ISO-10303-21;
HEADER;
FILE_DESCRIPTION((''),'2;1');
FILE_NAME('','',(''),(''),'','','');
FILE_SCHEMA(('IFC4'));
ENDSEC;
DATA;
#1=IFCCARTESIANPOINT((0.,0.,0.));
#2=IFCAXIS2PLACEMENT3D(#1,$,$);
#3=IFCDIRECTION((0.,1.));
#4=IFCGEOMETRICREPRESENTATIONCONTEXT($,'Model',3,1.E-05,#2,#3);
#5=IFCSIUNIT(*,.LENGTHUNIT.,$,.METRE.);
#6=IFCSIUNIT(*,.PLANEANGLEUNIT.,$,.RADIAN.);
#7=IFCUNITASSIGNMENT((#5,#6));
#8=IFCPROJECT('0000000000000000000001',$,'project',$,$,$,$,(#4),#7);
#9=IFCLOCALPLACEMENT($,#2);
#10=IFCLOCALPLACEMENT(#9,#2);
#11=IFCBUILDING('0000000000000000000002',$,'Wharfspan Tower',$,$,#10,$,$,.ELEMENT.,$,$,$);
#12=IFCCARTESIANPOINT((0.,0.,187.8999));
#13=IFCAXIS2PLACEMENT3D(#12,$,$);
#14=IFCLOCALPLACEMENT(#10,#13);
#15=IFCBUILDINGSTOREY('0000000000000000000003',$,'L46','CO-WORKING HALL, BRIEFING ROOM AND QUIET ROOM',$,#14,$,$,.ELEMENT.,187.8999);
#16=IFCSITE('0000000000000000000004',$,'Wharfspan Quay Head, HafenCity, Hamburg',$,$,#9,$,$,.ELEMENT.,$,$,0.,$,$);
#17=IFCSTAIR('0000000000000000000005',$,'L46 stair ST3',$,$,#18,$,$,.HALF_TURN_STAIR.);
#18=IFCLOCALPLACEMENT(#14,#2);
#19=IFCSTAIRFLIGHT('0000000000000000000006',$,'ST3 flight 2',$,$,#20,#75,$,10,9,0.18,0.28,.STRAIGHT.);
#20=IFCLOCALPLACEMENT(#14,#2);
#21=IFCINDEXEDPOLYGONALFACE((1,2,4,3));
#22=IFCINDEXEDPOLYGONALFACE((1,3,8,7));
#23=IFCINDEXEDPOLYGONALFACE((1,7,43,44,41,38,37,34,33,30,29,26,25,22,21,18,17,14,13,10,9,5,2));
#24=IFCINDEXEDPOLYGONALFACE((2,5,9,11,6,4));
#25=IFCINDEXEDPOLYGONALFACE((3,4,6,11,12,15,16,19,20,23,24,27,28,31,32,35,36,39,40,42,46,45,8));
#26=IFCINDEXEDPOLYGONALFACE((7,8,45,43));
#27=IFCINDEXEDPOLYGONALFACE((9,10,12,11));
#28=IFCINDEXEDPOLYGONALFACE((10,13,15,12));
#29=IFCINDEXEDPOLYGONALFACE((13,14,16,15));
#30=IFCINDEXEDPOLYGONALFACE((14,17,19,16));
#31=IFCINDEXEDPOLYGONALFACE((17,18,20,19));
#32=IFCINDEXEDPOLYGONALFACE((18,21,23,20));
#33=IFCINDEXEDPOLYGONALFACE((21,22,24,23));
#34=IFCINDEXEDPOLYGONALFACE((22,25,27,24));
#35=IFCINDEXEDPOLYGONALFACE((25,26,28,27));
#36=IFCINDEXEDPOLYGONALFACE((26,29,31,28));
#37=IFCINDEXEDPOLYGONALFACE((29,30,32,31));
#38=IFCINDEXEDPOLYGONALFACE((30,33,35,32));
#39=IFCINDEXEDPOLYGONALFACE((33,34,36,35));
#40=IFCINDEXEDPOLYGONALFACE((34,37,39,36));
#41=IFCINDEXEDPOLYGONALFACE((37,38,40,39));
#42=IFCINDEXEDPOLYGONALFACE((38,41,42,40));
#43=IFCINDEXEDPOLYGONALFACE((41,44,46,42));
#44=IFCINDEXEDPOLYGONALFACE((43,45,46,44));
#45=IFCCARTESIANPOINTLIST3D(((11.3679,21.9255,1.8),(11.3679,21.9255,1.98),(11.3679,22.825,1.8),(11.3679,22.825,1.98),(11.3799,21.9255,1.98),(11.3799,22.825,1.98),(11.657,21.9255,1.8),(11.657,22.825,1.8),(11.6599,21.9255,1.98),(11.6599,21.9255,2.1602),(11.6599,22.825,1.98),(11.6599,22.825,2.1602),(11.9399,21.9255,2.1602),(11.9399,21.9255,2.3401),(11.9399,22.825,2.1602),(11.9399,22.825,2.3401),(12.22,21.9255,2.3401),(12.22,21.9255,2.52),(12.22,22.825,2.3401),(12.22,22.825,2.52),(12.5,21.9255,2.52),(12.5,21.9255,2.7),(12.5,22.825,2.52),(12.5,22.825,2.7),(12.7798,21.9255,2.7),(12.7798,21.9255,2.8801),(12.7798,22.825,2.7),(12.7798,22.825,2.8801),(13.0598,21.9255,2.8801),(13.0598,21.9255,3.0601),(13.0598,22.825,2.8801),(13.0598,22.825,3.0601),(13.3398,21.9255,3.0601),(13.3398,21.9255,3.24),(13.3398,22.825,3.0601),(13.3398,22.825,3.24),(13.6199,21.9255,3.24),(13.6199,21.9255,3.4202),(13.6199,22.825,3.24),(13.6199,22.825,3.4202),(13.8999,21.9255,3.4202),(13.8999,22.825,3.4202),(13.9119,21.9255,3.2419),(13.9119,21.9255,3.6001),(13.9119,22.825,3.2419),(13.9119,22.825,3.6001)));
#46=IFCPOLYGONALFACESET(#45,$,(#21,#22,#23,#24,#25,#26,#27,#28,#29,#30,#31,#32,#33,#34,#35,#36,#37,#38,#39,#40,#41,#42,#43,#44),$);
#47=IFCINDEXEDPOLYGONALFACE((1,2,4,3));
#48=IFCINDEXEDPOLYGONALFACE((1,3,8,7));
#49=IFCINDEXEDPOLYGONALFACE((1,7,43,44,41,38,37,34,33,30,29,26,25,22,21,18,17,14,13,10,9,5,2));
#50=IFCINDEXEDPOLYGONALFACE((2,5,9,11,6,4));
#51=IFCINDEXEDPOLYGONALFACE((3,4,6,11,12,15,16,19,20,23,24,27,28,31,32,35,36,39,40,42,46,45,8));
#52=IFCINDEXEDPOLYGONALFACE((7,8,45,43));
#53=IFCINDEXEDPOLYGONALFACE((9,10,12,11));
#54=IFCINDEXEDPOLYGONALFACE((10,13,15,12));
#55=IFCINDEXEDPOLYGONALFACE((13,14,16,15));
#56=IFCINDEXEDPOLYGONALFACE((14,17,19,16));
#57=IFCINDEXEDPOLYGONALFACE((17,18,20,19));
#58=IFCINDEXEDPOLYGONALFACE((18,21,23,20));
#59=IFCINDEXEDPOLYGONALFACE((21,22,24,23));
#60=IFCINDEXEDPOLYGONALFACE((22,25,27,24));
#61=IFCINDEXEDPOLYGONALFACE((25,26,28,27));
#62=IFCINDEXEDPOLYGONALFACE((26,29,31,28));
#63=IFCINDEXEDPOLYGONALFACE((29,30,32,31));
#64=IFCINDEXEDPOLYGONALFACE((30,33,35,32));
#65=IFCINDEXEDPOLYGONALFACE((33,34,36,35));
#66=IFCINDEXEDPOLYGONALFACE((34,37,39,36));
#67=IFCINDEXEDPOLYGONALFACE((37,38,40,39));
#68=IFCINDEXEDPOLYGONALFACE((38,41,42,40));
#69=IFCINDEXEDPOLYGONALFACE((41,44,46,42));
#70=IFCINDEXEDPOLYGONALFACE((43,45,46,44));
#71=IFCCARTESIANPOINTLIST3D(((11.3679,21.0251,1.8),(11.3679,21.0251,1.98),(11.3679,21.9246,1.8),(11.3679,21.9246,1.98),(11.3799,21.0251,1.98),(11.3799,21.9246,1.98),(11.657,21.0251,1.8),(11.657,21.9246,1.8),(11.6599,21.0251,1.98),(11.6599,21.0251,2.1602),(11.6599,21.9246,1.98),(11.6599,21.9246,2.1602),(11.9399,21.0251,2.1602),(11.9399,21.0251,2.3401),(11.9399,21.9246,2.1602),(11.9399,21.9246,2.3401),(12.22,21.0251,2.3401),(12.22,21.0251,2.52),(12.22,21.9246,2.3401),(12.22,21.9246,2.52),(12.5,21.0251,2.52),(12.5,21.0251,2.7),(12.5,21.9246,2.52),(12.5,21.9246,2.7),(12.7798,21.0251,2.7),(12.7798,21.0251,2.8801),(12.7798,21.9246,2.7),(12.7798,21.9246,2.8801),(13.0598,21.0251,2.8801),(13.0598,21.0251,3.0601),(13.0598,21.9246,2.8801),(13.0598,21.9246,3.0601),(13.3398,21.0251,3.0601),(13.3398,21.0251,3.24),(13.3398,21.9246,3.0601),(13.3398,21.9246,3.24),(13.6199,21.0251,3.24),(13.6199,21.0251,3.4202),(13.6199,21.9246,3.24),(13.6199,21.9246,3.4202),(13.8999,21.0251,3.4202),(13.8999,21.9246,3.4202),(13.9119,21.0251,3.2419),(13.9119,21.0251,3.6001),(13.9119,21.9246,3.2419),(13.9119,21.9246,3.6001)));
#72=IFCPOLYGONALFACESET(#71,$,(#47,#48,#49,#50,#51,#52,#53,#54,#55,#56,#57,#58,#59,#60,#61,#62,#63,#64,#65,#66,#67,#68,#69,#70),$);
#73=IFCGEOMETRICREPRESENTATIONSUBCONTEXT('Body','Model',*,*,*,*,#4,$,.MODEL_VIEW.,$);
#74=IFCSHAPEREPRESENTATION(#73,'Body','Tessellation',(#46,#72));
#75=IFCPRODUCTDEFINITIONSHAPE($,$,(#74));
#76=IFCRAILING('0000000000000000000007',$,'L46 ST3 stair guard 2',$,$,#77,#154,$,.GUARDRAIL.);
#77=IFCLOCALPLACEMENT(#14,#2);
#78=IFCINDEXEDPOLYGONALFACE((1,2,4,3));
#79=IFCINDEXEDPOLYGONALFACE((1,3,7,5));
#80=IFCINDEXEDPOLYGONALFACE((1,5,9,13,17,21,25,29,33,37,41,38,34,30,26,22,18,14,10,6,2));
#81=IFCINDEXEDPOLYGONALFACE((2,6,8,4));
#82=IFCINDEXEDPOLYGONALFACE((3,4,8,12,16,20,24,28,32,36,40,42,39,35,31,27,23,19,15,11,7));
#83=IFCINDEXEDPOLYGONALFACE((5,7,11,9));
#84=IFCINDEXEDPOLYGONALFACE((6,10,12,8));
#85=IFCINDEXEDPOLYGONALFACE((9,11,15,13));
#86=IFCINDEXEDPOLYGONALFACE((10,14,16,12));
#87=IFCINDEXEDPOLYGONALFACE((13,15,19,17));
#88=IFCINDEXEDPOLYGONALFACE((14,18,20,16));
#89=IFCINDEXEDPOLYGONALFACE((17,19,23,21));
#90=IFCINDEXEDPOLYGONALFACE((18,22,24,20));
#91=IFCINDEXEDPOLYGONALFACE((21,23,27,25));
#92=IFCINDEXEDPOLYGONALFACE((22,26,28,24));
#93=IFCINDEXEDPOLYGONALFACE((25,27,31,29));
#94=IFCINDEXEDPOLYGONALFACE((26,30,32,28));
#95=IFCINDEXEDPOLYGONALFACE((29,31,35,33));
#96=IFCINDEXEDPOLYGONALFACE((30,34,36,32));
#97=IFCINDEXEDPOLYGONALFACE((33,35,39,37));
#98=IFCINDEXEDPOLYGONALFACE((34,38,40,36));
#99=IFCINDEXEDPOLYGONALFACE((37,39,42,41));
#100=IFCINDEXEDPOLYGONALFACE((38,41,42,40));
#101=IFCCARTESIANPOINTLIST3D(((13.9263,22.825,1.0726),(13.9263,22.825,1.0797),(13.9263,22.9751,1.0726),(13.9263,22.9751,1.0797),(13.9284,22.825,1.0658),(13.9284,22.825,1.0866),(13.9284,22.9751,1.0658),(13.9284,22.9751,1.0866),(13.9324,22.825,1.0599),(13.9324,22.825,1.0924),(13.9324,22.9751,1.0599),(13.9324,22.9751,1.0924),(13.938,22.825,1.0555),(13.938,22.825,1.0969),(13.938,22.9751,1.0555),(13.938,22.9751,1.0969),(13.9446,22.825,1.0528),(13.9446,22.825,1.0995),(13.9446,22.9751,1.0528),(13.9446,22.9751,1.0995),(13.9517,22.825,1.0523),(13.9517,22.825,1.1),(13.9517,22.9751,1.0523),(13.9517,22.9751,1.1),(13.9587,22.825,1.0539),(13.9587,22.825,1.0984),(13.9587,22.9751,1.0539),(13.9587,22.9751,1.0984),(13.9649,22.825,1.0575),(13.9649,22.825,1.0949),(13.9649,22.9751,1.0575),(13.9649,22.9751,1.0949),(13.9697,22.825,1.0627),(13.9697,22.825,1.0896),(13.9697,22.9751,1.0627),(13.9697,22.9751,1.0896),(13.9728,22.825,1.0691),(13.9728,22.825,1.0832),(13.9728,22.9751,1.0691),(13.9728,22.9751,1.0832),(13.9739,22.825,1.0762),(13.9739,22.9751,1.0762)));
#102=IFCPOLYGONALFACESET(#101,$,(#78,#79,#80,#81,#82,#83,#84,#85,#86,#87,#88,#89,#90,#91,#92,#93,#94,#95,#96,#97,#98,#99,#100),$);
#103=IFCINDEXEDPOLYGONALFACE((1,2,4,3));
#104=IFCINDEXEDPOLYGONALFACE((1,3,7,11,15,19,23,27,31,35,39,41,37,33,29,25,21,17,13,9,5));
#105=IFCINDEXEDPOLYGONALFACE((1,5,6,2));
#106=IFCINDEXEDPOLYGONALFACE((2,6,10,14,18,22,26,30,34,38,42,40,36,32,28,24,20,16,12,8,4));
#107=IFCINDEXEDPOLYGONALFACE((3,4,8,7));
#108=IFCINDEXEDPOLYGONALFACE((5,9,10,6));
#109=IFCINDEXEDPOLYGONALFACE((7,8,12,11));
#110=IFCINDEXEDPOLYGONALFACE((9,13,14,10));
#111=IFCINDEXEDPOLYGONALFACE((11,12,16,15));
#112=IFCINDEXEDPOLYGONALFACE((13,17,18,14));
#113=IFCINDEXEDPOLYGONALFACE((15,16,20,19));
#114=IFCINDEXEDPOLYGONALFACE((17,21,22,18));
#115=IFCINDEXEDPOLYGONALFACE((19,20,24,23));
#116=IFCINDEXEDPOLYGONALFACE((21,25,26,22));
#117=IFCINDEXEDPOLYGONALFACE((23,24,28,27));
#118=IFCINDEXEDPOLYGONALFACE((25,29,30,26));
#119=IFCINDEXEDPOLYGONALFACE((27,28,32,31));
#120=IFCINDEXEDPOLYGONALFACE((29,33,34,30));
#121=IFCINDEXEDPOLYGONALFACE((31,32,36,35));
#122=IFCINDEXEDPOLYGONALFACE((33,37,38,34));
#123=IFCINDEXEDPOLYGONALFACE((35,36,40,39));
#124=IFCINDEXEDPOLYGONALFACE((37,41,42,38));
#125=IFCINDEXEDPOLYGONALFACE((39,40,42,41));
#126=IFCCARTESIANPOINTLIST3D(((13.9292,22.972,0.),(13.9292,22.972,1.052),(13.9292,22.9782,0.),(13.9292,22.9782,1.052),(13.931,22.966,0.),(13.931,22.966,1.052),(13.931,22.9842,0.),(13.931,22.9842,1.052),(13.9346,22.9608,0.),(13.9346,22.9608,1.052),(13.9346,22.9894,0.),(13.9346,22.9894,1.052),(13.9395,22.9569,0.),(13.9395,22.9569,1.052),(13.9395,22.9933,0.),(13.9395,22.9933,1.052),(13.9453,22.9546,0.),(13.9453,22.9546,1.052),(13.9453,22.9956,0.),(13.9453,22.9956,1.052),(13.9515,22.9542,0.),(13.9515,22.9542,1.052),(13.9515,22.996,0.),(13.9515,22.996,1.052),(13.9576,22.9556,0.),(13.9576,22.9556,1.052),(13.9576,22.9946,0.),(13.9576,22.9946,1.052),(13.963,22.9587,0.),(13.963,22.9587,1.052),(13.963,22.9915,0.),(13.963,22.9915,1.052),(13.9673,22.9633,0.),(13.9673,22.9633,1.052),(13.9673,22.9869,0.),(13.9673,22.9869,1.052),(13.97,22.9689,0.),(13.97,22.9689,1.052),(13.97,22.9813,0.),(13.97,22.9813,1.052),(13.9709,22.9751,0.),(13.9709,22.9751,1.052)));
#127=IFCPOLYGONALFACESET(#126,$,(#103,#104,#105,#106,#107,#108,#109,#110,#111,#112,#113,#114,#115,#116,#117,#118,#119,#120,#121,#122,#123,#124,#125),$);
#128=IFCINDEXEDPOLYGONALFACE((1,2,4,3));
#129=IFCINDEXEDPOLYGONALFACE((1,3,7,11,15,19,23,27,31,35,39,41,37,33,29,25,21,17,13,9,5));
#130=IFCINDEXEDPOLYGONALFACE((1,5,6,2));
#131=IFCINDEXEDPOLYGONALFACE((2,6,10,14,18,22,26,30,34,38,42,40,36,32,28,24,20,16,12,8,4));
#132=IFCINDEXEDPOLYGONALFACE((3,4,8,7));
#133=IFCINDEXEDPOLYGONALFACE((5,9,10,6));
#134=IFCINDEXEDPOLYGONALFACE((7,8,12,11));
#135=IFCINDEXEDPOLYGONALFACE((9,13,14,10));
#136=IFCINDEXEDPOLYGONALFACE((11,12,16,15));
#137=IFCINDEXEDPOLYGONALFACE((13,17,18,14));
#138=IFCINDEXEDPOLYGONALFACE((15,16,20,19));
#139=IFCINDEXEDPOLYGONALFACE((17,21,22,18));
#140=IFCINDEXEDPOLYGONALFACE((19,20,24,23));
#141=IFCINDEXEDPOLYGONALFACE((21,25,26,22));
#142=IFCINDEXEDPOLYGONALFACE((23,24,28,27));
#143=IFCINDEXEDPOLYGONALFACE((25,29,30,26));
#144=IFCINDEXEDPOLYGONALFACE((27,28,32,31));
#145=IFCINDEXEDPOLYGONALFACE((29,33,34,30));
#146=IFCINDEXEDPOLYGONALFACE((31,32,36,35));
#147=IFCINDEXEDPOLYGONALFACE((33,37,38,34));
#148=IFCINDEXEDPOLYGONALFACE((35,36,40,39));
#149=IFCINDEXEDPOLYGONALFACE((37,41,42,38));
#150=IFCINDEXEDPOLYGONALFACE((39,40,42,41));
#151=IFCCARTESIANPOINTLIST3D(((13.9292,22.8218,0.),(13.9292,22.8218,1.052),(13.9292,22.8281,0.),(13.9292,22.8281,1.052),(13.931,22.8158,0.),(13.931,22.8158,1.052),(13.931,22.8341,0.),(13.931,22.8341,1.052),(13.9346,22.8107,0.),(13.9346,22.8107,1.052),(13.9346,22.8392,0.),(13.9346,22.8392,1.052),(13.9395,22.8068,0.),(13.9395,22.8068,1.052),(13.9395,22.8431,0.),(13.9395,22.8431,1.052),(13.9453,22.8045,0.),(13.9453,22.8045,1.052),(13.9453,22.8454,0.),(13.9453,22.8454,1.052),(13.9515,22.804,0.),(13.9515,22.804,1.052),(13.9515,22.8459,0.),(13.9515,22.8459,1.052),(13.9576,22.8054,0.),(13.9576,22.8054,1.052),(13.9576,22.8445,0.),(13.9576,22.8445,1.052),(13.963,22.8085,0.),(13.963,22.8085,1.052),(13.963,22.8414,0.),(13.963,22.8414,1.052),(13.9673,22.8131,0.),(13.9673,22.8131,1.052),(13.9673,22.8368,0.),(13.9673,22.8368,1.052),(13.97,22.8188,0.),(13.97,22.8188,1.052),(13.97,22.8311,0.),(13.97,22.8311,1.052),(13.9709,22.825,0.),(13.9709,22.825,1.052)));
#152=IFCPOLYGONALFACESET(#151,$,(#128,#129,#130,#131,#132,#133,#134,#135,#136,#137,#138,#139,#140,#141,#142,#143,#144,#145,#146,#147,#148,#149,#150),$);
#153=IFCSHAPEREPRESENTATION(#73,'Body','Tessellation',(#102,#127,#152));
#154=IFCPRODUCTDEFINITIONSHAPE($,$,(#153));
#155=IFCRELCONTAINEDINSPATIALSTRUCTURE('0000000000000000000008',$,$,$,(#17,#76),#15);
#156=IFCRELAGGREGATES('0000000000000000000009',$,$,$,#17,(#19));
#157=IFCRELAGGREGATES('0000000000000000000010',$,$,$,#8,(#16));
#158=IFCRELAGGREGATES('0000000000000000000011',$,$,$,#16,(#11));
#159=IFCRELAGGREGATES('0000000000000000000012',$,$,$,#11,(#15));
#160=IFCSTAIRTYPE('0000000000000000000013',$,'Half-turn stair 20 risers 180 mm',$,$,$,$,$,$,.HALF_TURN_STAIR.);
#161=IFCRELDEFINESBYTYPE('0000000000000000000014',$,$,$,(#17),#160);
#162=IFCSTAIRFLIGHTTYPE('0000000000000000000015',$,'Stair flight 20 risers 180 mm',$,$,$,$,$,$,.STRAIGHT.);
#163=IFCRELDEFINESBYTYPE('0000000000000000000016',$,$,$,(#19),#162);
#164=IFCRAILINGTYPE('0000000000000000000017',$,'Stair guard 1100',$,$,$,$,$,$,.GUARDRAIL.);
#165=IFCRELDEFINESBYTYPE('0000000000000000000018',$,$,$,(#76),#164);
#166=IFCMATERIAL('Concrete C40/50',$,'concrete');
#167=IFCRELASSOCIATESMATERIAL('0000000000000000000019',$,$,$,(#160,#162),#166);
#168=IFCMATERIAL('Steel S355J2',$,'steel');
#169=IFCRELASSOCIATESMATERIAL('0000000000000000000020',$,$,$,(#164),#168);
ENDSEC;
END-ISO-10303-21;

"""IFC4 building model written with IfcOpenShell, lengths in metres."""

from ifc_helpers import new_model, si_unit, direction, frame, origin, origin_2d, place, context, subcontext, project, spatial, polyline, circle, outline, extrude, material, type_object, element, aggregate, save


model = new_model("IFC4")

# Units and contexts
model_context = context("Model", 3, precision=1e-05, world=origin(), true_north=direction((0.0, 1.0)))
body_context = subcontext(model_context, "Body", "Model", "MODEL_VIEW")
ifc_project = project(units=[si_unit("LENGTHUNIT", "METRE"), si_unit("PLANEANGLEUNIT", "RADIAN")], contexts=[model_context])

# Site, building, storey
site_placement = place(None, origin())
site = spatial("IfcSite", under=ifc_project, at=site_placement, Name="Wharfspan Quay Head, HafenCity, Hamburg", CompositionType="ELEMENT", RefElevation=0.0)
building_placement = place(site_placement, origin())
building = spatial("IfcBuilding", under=site, at=building_placement, Name="Wharfspan Tower", CompositionType="ELEMENT")
storey_placement = place(building_placement, frame((0.0, 0.0, 187.8999)))
storey = spatial("IfcBuildingStorey", under=building, at=storey_placement, Name="L46", Description="CO-WORKING HALL, BRIEFING ROOM AND QUIET ROOM", CompositionType="ELEMENT", Elevation=187.8999)

# Shared definitions
ifc_material_1 = material(Name="Steel S355J2", Category="steel")

# Shared definitions
ifc_material_2 = material(Name="Concrete C40/50", Category="concrete")

# Stair, stair flight
stair_type = type_object("IfcStairType", Name="Half-turn stair 20 risers 180 mm", PredefinedType="HALF_TURN_STAIR", material=ifc_material_2)
stair_placement = place(storey_placement, origin())
stair = element("IfcStair", 1, at=stair_placement, inside=storey, type_object=stair_type, Name="L46 stair ST3", PredefinedType="HALF_TURN_STAIR")
stair_flight_type = type_object("IfcStairFlightType", Name="Stair flight 20 risers 180 mm", PredefinedType="STRAIGHT", material=ifc_material_2)
stair_flight_1_placement = place(storey_placement, frame((11.3799, 21.925, 1.8), z_axis=(0.0, 0.0, 1.0), x_axis=(1.0, 0.0, 0.0)))
stair_flight_1 = element("IfcStairFlight", 2, at=stair_flight_1_placement, type_object=stair_flight_type, Name="ST3 flight 2", NumberOfRisers=10, NumberOfTreads=9, PredefinedType="STRAIGHT", RiserHeight=0.18, TreadLength=0.28, context=body_context, shape_type="SweptSolid", body=[
    extrude(outline(polyline([(-0.012, 0.0), (-0.012, 0.1799), (0.0, 0.1799), (0.28, 0.1799), (0.28, 0.3601), (0.5601, 0.3601), (0.5601, 0.54), (0.8401, 0.54), (0.8401, 0.72), (1.1201, 0.72), (1.1201, 0.8999), (1.3999, 0.8999), (1.3999, 1.0801), (1.6799, 1.0801), (1.6799, 1.26), (1.96, 1.26), (1.96, 1.4399), (2.24, 1.4399), (2.24, 1.6201), (2.52, 1.6201), (2.532, 1.8), (2.532, 1.4419), (0.2771, 0.0), (-0.012, 0.0)])), frame((0.0, 0.8999, 0.0), z_axis=(0.0, -1.0, 0.0), x_axis=(1.0, 0.0, 0.0)), (0.0, 0.0, 1.0), 0.8994),
    extrude(outline(polyline([(-0.012, 0.0), (-0.012, 0.1799), (0.0, 0.1799), (0.28, 0.1799), (0.28, 0.3601), (0.5601, 0.3601), (0.5601, 0.54), (0.8401, 0.54), (0.8401, 0.72), (1.1201, 0.72), (1.1201, 0.8999), (1.3999, 0.8999), (1.3999, 1.0801), (1.6799, 1.0801), (1.6799, 1.26), (1.96, 1.26), (1.96, 1.4399), (2.24, 1.4399), (2.24, 1.6201), (2.52, 1.6201), (2.532, 1.8), (2.532, 1.4419), (0.2771, 0.0), (-0.012, 0.0)])), frame((0.0, -0.0005, 0.0), z_axis=(0.0, -1.0, 0.0), x_axis=(1.0, 0.0, 0.0)), (0.0, 0.0, 1.0), 0.8994),
])
aggregate(stair, [stair_flight_1])

# Railing
railing_type_1 = type_object("IfcRailingType", Name="Stair guard 1100", PredefinedType="GUARDRAIL", material=ifc_material_1)
railing_1_placement = place(storey_placement, frame((13.95, 22.9751, 0.0)))
element("IfcRailing", 3, at=railing_1_placement, inside=storey, type_object=railing_type_1, Name="L46 ST3 stair guard 2", PredefinedType="GUARDRAIL", context=body_context, shape_type="SweptSolid", body=[
    extrude(circle(Radius=0.0239, at=origin_2d()), frame((0.0, 0.0, 1.0762), z_axis=(0.0, -1.0, 0.0), x_axis=(1.0, 0.0, 0.0)), (0.0, 0.0, 1.0), 0.1501),
    extrude(circle(Radius=0.021, at=origin_2d()), origin(), (0.0, 0.0, 1.0), 1.052),
    extrude(circle(Radius=0.021, at=origin_2d()), frame((0.0, -0.1501, 0.0)), (0.0, 0.0, 1.0), 1.052),
])

save(model, "model.ifc")
